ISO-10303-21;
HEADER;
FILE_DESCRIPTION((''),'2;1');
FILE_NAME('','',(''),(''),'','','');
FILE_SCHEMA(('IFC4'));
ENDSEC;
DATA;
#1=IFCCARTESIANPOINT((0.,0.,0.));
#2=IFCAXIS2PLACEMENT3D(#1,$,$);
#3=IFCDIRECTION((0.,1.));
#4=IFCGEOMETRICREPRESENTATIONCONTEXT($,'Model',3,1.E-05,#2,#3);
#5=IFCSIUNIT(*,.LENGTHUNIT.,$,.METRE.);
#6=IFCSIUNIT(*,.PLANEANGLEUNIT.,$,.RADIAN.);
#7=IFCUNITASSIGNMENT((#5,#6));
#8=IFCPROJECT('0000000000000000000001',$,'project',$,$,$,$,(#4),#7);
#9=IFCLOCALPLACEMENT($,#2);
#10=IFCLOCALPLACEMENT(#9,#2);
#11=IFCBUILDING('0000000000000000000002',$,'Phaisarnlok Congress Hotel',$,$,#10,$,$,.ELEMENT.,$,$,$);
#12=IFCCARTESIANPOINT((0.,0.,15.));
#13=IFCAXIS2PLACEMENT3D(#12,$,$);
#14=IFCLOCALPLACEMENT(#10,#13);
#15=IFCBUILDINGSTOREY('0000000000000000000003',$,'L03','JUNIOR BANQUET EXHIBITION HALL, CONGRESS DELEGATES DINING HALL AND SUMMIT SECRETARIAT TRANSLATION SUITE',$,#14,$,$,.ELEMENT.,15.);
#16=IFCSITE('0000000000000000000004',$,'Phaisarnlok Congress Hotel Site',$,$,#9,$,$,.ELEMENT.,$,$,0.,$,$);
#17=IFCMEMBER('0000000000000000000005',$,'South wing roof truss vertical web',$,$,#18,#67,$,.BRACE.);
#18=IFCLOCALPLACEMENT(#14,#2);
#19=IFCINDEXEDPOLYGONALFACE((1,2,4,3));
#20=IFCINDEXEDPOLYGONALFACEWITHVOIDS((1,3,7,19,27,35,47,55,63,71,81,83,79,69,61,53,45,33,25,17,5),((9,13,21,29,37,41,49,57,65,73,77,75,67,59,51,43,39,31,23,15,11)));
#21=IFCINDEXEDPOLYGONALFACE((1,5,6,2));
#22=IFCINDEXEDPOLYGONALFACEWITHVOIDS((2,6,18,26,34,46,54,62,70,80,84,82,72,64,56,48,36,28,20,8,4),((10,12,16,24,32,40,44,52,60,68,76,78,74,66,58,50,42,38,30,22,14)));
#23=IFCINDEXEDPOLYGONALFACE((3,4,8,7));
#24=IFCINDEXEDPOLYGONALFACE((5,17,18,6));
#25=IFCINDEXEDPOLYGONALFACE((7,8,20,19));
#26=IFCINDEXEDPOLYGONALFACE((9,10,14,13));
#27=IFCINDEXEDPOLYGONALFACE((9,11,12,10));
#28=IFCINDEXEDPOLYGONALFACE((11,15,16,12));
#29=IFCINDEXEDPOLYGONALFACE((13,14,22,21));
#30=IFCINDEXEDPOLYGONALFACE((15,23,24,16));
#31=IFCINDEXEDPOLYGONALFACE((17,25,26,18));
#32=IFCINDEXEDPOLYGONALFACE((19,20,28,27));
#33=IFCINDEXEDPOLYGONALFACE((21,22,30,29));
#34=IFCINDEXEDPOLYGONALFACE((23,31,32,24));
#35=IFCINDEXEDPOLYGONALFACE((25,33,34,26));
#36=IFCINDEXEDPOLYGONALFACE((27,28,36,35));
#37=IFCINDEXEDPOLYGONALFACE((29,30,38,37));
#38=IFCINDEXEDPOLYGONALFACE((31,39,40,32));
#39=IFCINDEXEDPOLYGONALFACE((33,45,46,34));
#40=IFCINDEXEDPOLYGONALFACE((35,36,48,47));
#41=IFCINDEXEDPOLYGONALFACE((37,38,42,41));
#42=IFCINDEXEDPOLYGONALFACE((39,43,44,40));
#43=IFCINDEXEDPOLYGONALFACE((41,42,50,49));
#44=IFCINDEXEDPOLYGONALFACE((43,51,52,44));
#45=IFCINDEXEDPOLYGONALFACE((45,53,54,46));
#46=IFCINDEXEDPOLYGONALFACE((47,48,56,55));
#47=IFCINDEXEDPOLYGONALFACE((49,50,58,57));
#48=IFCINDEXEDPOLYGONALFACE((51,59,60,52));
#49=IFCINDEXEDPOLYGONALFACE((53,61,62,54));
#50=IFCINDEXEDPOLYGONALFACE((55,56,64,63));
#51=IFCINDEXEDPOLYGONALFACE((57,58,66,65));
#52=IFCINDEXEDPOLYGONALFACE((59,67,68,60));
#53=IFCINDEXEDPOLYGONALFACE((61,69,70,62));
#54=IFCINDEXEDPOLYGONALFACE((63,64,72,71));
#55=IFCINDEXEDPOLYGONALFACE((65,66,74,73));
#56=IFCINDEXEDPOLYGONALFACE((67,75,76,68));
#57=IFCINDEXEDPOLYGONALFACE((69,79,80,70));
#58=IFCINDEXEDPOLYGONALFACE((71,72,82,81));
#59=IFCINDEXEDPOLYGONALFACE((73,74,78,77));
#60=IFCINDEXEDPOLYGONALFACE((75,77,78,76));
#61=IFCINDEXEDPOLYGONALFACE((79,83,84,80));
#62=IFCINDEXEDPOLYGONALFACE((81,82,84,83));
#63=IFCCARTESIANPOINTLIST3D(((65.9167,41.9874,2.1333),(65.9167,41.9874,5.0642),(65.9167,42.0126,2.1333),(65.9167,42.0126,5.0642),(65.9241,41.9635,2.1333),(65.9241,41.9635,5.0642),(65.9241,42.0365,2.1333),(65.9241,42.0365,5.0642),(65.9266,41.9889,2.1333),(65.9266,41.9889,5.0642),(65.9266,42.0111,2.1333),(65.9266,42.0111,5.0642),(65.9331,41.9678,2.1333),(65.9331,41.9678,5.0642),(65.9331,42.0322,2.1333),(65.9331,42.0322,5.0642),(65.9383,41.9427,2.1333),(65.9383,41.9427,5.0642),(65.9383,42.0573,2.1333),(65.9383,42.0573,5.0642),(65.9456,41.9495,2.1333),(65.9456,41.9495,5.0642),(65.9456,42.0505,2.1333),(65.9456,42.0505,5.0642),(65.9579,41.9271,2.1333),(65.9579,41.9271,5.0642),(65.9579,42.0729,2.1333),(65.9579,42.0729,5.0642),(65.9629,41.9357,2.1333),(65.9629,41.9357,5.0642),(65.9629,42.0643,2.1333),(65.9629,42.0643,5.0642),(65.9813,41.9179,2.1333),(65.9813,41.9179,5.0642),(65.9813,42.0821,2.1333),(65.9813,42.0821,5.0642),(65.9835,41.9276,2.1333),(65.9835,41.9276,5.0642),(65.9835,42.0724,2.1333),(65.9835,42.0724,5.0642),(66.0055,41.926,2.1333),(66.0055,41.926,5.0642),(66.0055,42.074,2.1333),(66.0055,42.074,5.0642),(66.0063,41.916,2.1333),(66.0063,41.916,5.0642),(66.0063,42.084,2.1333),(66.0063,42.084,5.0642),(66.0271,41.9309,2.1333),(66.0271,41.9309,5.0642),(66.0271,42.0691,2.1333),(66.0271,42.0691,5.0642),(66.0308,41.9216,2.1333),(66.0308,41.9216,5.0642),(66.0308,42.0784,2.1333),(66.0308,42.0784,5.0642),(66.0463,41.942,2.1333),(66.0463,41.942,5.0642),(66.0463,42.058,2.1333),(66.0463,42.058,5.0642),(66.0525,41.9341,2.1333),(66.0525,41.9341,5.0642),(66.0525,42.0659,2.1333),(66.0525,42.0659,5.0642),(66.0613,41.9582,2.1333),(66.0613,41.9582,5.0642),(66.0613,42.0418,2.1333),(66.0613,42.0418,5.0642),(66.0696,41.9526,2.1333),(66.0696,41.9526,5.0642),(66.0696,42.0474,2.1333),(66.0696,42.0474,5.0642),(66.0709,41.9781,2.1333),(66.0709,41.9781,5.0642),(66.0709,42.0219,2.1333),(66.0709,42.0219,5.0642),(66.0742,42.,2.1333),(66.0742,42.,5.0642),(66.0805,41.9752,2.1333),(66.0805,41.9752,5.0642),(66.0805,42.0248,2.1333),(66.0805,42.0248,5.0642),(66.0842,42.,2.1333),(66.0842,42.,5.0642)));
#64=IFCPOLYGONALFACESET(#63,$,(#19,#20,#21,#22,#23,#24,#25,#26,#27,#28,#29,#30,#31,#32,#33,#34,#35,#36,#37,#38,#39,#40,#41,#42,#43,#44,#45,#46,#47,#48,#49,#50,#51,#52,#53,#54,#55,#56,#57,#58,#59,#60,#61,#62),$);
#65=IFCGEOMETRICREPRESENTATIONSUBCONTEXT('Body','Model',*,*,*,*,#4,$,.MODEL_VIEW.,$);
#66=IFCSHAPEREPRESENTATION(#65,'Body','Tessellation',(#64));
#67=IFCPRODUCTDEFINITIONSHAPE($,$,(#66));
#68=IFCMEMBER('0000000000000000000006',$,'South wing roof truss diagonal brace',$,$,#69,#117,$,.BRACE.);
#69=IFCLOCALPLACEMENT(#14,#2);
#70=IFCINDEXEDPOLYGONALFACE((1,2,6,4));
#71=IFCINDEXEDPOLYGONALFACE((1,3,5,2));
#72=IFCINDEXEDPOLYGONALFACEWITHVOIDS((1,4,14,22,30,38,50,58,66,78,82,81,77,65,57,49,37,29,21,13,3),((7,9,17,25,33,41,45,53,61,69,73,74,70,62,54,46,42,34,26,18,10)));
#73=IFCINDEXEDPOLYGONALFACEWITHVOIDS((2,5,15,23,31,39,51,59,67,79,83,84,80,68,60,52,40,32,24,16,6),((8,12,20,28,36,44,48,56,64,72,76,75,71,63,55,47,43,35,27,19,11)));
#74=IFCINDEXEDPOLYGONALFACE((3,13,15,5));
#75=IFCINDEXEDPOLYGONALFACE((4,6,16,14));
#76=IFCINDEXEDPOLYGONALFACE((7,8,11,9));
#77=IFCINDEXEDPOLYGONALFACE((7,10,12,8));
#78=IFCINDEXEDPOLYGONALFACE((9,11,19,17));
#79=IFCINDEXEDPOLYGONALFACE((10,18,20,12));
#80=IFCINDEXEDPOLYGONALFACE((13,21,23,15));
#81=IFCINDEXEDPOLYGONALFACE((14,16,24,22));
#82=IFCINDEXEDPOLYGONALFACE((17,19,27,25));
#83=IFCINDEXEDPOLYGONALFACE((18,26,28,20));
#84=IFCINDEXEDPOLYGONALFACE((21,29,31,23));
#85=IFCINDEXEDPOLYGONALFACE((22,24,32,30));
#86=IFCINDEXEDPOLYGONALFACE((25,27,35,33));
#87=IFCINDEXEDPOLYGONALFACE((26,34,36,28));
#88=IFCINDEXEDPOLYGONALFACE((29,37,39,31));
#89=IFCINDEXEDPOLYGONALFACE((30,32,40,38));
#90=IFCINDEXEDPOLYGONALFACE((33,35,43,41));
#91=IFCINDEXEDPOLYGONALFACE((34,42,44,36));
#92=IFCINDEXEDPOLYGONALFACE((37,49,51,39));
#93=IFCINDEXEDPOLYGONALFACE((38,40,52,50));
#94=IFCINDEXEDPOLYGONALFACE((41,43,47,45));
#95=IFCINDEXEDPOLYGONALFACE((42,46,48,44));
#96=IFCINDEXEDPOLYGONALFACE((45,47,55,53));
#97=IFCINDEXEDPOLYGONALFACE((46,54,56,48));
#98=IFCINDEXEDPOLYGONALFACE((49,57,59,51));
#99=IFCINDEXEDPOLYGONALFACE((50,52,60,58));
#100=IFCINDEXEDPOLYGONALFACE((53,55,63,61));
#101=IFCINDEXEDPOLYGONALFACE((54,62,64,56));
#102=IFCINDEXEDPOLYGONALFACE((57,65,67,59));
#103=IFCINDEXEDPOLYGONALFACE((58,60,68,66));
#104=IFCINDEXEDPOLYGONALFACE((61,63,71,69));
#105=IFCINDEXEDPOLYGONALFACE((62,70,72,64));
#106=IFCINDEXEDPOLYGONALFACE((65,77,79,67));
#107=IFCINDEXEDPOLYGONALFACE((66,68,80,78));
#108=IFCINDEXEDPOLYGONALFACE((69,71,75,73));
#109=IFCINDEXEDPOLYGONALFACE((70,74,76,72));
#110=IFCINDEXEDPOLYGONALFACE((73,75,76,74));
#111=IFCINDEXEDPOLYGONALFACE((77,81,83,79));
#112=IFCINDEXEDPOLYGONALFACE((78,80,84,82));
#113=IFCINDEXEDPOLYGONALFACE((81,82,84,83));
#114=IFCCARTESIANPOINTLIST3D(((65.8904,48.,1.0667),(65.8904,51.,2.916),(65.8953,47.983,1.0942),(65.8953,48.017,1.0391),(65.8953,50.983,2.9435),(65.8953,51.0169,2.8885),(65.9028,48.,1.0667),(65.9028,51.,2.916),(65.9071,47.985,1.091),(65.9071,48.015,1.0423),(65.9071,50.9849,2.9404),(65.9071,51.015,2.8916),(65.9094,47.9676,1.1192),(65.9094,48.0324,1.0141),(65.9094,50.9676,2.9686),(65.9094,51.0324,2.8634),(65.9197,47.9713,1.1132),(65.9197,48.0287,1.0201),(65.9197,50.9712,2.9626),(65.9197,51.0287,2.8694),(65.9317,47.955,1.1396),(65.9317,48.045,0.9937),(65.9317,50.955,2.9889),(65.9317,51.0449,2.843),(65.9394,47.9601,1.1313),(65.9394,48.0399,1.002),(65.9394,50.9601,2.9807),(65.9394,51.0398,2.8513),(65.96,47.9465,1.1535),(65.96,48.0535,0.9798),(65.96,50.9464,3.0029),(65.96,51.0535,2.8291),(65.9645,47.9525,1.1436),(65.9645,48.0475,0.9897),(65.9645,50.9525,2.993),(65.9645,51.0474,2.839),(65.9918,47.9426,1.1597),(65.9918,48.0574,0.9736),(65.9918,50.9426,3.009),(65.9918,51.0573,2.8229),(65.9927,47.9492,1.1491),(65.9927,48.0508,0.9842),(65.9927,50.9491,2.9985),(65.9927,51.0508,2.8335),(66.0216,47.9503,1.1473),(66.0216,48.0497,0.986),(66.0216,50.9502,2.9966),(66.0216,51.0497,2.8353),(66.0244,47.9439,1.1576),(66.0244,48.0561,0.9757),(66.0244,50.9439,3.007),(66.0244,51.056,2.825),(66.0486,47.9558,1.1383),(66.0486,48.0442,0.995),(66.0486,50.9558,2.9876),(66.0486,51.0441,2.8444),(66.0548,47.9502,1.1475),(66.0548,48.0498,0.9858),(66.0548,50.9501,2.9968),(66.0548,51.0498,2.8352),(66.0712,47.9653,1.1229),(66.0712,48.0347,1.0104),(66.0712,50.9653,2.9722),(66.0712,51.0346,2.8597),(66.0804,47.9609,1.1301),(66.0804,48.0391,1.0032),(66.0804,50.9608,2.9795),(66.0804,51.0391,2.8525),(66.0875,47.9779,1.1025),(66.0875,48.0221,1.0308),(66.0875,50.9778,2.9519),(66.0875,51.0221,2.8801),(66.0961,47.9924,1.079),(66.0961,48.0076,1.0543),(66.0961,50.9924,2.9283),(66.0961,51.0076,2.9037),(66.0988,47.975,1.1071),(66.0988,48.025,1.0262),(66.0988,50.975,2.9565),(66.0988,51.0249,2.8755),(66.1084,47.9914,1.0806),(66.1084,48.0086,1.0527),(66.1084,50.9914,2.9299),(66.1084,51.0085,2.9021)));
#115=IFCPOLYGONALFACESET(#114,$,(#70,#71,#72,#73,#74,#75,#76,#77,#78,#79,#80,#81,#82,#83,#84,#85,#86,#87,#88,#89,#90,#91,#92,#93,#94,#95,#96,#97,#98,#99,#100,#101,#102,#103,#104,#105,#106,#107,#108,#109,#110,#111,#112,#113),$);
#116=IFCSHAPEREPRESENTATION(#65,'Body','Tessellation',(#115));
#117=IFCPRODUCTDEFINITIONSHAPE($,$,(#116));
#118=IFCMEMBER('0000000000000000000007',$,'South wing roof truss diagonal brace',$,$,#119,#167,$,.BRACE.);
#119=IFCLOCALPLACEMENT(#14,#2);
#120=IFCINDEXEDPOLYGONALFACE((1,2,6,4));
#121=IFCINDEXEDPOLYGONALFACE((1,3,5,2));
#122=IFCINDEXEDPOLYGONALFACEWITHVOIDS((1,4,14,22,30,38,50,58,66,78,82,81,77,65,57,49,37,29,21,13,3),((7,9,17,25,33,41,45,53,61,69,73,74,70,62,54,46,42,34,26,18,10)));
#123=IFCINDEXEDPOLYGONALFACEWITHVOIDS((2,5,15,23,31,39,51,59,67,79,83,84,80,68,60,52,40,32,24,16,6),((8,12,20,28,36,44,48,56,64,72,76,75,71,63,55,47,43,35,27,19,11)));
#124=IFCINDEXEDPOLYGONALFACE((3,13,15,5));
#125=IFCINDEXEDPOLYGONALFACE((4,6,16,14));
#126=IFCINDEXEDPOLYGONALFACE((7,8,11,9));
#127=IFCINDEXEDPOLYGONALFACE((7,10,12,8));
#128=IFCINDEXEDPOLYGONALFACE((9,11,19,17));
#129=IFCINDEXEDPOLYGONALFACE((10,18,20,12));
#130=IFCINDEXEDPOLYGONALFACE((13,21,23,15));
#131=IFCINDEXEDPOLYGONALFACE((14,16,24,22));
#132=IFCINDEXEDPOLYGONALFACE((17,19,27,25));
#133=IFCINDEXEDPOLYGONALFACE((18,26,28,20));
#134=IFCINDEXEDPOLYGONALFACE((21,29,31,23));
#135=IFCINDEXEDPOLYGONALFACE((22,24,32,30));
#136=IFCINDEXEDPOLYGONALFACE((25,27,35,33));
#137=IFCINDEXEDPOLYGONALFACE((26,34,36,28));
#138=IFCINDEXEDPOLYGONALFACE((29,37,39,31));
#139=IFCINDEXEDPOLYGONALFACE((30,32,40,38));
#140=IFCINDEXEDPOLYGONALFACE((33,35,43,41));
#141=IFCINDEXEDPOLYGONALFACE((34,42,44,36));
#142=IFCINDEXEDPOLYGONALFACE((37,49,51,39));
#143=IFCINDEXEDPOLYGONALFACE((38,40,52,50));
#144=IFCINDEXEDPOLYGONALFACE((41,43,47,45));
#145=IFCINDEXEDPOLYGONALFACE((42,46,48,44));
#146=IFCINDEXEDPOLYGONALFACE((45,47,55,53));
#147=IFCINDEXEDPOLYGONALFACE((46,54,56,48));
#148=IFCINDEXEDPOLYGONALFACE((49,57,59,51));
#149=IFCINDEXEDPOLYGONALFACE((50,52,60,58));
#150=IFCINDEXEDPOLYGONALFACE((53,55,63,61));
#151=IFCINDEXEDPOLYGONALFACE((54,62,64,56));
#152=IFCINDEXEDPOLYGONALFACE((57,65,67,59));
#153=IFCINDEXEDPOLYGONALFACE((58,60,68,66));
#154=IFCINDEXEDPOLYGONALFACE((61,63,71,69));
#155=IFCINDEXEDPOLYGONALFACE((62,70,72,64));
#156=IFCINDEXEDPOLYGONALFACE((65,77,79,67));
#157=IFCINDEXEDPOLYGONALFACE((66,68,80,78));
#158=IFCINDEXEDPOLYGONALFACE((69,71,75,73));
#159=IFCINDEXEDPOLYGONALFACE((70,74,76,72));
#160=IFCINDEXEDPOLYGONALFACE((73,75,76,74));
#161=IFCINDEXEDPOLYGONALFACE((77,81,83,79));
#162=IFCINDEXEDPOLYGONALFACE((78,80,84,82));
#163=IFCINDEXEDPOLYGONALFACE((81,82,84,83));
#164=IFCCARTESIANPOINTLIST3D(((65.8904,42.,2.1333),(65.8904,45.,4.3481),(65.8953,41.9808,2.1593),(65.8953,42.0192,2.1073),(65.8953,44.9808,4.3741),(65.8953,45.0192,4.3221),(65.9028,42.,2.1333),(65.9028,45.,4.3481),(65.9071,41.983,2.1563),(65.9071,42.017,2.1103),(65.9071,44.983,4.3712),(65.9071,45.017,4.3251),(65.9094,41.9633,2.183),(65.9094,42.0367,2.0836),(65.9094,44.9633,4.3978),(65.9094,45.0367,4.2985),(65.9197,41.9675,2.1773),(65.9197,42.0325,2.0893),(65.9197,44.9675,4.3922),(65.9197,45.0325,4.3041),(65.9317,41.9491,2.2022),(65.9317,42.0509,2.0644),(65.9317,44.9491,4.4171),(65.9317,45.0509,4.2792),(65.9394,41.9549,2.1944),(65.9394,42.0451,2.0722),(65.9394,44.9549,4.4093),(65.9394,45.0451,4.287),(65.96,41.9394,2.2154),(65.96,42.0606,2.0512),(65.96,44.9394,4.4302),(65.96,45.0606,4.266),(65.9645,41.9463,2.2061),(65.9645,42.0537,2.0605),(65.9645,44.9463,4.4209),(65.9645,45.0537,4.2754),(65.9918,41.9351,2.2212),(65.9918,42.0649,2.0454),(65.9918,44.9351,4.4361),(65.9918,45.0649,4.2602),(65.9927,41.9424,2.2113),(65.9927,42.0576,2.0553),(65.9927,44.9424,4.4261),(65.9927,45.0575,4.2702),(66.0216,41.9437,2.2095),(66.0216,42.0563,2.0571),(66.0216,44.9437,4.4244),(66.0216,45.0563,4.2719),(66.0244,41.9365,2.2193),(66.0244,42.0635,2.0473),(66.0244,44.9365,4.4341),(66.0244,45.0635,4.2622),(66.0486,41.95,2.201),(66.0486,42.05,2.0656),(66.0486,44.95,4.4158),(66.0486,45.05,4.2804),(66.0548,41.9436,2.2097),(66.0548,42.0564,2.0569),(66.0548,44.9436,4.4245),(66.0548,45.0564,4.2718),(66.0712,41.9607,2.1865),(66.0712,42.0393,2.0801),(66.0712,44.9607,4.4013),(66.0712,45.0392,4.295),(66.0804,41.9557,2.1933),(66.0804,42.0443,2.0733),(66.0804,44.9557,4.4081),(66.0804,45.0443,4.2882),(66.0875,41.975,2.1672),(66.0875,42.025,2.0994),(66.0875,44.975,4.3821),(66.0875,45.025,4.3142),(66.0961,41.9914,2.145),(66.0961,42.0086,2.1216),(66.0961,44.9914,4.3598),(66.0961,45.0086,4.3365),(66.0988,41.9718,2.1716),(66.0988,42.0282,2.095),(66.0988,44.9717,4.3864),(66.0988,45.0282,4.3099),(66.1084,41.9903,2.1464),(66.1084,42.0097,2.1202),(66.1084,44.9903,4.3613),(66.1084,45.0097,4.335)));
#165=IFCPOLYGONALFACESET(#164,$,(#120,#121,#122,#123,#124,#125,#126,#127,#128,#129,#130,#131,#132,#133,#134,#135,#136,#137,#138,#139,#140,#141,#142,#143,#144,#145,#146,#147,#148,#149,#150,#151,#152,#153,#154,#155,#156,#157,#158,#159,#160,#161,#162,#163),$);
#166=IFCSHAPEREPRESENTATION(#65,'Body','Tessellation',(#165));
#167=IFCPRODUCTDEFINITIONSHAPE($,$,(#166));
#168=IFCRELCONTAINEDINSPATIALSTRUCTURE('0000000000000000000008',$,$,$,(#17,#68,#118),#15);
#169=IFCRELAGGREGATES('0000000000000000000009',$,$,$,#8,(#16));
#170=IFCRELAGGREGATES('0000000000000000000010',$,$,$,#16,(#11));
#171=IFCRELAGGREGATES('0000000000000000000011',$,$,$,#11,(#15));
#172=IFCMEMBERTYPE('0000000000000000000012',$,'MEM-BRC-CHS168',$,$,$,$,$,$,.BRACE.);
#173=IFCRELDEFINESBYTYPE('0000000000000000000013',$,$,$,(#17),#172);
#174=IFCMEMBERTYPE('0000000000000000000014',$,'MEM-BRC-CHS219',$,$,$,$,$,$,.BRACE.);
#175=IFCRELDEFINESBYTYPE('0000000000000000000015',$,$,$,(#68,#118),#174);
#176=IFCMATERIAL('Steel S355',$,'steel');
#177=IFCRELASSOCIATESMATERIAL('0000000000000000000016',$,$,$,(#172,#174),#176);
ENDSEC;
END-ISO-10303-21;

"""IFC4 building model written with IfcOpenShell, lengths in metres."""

from ifc_helpers import new_model, si_unit, direction, frame, origin, origin_2d, place, context, subcontext, project, spatial, hollow_circle, extrude, material, material_profile, profile_set, type_object, element, save


model = new_model("IFC4")

# Units and contexts
model_context = context("Model", 3, precision=1e-05, world=origin(), true_north=direction((0.0, 1.0)))
body_context = subcontext(model_context, "Body", "Model", "MODEL_VIEW")
ifc_project = project(units=[si_unit("LENGTHUNIT", "METRE"), si_unit("PLANEANGLEUNIT", "RADIAN")], contexts=[model_context])

# Site, building, storey
site_placement = place(None, origin())
site = spatial("IfcSite", under=ifc_project, at=site_placement, Name="Phaisarnlok Congress Hotel Site", CompositionType="ELEMENT", RefElevation=0.0)
building_placement = place(site_placement, origin())
building = spatial("IfcBuilding", under=site, at=building_placement, Name="Phaisarnlok Congress Hotel", CompositionType="ELEMENT")
storey_placement = place(building_placement, frame((0.0, 0.0, 15.0)))
storey = spatial("IfcBuildingStorey", under=building, at=storey_placement, Name="L03", Description="JUNIOR BANQUET EXHIBITION HALL, CONGRESS DELEGATES DINING HALL AND SUMMIT SECRETARIAT TRANSLATION SUITE", CompositionType="ELEMENT", Elevation=15.0)

# Shared definitions
ifc_material_1 = material(Name="Steel S355", Category="steel")

# Members
ifc_material_profile_1 = material_profile(ifc_material_1, hollow_circle(Radius=0.0842, WallThickness=0.01, at=origin_2d()), Name="CHS 168.3x10")
ifc_profile_set_1 = profile_set([ifc_material_profile_1], Name="Steel S355")
member_type_1 = type_object("IfcMemberType", Name="MEM-BRC-CHS168", PredefinedType="BRACE", material=ifc_profile_set_1)
member_1_placement = place(storey_placement, frame((66.0, 42.0, 2.1333), z_axis=(0.0, 0.0, 1.0), x_axis=(1.0, 0.0, 0.0)))
element("IfcMember", 1, at=member_1_placement, inside=storey, type_object=member_type_1, Name="South wing roof truss vertical web", PredefinedType="BRACE", context=body_context, shape_type="SweptSolid", body=[
    extrude(hollow_circle(Radius=0.0842, WallThickness=0.01, at=origin_2d()), origin(), (0.0, 0.0, 1.0), 2.9309),
])
ifc_material_profile_2 = material_profile(ifc_material_1, hollow_circle(Radius=0.1096, WallThickness=0.0125, at=origin_2d()), Name="CHS 219.1x12.5")
ifc_profile_set_2 = profile_set([ifc_material_profile_2], Name="Steel S355")
member_type_2 = type_object("IfcMemberType", Name="MEM-BRC-CHS219", PredefinedType="BRACE", material=ifc_profile_set_2)
member_2_placement = place(storey_placement, frame((66.0, 48.0, 1.0667), z_axis=(0.0, 0.851251, 0.524758), x_axis=(-1.0, 0.0, 0.0)))
element("IfcMember", 2, at=member_2_placement, inside=storey, type_object=member_type_2, Name="South wing roof truss diagonal brace", PredefinedType="BRACE", context=body_context, shape_type="SweptSolid", body=[
    extrude(hollow_circle(Radius=0.1096, WallThickness=0.0125, at=origin_2d()), origin(), (0.0, 0.0, 1.0), 3.5242),
])
member_3_placement = place(storey_placement, frame((66.0, 42.0, 2.1333), z_axis=(0.0, 0.804503, 0.593949), x_axis=(-1.0, 0.0, 0.0)))
element("IfcMember", 3, at=member_3_placement, inside=storey, type_object=member_type_2, Name="South wing roof truss diagonal brace", PredefinedType="BRACE", context=body_context, shape_type="SweptSolid", body=[
    extrude(hollow_circle(Radius=0.1096, WallThickness=0.0125, at=origin_2d()), origin(), (0.0, 0.0, 1.0), 3.729),
])

save(model, "model.ifc")
